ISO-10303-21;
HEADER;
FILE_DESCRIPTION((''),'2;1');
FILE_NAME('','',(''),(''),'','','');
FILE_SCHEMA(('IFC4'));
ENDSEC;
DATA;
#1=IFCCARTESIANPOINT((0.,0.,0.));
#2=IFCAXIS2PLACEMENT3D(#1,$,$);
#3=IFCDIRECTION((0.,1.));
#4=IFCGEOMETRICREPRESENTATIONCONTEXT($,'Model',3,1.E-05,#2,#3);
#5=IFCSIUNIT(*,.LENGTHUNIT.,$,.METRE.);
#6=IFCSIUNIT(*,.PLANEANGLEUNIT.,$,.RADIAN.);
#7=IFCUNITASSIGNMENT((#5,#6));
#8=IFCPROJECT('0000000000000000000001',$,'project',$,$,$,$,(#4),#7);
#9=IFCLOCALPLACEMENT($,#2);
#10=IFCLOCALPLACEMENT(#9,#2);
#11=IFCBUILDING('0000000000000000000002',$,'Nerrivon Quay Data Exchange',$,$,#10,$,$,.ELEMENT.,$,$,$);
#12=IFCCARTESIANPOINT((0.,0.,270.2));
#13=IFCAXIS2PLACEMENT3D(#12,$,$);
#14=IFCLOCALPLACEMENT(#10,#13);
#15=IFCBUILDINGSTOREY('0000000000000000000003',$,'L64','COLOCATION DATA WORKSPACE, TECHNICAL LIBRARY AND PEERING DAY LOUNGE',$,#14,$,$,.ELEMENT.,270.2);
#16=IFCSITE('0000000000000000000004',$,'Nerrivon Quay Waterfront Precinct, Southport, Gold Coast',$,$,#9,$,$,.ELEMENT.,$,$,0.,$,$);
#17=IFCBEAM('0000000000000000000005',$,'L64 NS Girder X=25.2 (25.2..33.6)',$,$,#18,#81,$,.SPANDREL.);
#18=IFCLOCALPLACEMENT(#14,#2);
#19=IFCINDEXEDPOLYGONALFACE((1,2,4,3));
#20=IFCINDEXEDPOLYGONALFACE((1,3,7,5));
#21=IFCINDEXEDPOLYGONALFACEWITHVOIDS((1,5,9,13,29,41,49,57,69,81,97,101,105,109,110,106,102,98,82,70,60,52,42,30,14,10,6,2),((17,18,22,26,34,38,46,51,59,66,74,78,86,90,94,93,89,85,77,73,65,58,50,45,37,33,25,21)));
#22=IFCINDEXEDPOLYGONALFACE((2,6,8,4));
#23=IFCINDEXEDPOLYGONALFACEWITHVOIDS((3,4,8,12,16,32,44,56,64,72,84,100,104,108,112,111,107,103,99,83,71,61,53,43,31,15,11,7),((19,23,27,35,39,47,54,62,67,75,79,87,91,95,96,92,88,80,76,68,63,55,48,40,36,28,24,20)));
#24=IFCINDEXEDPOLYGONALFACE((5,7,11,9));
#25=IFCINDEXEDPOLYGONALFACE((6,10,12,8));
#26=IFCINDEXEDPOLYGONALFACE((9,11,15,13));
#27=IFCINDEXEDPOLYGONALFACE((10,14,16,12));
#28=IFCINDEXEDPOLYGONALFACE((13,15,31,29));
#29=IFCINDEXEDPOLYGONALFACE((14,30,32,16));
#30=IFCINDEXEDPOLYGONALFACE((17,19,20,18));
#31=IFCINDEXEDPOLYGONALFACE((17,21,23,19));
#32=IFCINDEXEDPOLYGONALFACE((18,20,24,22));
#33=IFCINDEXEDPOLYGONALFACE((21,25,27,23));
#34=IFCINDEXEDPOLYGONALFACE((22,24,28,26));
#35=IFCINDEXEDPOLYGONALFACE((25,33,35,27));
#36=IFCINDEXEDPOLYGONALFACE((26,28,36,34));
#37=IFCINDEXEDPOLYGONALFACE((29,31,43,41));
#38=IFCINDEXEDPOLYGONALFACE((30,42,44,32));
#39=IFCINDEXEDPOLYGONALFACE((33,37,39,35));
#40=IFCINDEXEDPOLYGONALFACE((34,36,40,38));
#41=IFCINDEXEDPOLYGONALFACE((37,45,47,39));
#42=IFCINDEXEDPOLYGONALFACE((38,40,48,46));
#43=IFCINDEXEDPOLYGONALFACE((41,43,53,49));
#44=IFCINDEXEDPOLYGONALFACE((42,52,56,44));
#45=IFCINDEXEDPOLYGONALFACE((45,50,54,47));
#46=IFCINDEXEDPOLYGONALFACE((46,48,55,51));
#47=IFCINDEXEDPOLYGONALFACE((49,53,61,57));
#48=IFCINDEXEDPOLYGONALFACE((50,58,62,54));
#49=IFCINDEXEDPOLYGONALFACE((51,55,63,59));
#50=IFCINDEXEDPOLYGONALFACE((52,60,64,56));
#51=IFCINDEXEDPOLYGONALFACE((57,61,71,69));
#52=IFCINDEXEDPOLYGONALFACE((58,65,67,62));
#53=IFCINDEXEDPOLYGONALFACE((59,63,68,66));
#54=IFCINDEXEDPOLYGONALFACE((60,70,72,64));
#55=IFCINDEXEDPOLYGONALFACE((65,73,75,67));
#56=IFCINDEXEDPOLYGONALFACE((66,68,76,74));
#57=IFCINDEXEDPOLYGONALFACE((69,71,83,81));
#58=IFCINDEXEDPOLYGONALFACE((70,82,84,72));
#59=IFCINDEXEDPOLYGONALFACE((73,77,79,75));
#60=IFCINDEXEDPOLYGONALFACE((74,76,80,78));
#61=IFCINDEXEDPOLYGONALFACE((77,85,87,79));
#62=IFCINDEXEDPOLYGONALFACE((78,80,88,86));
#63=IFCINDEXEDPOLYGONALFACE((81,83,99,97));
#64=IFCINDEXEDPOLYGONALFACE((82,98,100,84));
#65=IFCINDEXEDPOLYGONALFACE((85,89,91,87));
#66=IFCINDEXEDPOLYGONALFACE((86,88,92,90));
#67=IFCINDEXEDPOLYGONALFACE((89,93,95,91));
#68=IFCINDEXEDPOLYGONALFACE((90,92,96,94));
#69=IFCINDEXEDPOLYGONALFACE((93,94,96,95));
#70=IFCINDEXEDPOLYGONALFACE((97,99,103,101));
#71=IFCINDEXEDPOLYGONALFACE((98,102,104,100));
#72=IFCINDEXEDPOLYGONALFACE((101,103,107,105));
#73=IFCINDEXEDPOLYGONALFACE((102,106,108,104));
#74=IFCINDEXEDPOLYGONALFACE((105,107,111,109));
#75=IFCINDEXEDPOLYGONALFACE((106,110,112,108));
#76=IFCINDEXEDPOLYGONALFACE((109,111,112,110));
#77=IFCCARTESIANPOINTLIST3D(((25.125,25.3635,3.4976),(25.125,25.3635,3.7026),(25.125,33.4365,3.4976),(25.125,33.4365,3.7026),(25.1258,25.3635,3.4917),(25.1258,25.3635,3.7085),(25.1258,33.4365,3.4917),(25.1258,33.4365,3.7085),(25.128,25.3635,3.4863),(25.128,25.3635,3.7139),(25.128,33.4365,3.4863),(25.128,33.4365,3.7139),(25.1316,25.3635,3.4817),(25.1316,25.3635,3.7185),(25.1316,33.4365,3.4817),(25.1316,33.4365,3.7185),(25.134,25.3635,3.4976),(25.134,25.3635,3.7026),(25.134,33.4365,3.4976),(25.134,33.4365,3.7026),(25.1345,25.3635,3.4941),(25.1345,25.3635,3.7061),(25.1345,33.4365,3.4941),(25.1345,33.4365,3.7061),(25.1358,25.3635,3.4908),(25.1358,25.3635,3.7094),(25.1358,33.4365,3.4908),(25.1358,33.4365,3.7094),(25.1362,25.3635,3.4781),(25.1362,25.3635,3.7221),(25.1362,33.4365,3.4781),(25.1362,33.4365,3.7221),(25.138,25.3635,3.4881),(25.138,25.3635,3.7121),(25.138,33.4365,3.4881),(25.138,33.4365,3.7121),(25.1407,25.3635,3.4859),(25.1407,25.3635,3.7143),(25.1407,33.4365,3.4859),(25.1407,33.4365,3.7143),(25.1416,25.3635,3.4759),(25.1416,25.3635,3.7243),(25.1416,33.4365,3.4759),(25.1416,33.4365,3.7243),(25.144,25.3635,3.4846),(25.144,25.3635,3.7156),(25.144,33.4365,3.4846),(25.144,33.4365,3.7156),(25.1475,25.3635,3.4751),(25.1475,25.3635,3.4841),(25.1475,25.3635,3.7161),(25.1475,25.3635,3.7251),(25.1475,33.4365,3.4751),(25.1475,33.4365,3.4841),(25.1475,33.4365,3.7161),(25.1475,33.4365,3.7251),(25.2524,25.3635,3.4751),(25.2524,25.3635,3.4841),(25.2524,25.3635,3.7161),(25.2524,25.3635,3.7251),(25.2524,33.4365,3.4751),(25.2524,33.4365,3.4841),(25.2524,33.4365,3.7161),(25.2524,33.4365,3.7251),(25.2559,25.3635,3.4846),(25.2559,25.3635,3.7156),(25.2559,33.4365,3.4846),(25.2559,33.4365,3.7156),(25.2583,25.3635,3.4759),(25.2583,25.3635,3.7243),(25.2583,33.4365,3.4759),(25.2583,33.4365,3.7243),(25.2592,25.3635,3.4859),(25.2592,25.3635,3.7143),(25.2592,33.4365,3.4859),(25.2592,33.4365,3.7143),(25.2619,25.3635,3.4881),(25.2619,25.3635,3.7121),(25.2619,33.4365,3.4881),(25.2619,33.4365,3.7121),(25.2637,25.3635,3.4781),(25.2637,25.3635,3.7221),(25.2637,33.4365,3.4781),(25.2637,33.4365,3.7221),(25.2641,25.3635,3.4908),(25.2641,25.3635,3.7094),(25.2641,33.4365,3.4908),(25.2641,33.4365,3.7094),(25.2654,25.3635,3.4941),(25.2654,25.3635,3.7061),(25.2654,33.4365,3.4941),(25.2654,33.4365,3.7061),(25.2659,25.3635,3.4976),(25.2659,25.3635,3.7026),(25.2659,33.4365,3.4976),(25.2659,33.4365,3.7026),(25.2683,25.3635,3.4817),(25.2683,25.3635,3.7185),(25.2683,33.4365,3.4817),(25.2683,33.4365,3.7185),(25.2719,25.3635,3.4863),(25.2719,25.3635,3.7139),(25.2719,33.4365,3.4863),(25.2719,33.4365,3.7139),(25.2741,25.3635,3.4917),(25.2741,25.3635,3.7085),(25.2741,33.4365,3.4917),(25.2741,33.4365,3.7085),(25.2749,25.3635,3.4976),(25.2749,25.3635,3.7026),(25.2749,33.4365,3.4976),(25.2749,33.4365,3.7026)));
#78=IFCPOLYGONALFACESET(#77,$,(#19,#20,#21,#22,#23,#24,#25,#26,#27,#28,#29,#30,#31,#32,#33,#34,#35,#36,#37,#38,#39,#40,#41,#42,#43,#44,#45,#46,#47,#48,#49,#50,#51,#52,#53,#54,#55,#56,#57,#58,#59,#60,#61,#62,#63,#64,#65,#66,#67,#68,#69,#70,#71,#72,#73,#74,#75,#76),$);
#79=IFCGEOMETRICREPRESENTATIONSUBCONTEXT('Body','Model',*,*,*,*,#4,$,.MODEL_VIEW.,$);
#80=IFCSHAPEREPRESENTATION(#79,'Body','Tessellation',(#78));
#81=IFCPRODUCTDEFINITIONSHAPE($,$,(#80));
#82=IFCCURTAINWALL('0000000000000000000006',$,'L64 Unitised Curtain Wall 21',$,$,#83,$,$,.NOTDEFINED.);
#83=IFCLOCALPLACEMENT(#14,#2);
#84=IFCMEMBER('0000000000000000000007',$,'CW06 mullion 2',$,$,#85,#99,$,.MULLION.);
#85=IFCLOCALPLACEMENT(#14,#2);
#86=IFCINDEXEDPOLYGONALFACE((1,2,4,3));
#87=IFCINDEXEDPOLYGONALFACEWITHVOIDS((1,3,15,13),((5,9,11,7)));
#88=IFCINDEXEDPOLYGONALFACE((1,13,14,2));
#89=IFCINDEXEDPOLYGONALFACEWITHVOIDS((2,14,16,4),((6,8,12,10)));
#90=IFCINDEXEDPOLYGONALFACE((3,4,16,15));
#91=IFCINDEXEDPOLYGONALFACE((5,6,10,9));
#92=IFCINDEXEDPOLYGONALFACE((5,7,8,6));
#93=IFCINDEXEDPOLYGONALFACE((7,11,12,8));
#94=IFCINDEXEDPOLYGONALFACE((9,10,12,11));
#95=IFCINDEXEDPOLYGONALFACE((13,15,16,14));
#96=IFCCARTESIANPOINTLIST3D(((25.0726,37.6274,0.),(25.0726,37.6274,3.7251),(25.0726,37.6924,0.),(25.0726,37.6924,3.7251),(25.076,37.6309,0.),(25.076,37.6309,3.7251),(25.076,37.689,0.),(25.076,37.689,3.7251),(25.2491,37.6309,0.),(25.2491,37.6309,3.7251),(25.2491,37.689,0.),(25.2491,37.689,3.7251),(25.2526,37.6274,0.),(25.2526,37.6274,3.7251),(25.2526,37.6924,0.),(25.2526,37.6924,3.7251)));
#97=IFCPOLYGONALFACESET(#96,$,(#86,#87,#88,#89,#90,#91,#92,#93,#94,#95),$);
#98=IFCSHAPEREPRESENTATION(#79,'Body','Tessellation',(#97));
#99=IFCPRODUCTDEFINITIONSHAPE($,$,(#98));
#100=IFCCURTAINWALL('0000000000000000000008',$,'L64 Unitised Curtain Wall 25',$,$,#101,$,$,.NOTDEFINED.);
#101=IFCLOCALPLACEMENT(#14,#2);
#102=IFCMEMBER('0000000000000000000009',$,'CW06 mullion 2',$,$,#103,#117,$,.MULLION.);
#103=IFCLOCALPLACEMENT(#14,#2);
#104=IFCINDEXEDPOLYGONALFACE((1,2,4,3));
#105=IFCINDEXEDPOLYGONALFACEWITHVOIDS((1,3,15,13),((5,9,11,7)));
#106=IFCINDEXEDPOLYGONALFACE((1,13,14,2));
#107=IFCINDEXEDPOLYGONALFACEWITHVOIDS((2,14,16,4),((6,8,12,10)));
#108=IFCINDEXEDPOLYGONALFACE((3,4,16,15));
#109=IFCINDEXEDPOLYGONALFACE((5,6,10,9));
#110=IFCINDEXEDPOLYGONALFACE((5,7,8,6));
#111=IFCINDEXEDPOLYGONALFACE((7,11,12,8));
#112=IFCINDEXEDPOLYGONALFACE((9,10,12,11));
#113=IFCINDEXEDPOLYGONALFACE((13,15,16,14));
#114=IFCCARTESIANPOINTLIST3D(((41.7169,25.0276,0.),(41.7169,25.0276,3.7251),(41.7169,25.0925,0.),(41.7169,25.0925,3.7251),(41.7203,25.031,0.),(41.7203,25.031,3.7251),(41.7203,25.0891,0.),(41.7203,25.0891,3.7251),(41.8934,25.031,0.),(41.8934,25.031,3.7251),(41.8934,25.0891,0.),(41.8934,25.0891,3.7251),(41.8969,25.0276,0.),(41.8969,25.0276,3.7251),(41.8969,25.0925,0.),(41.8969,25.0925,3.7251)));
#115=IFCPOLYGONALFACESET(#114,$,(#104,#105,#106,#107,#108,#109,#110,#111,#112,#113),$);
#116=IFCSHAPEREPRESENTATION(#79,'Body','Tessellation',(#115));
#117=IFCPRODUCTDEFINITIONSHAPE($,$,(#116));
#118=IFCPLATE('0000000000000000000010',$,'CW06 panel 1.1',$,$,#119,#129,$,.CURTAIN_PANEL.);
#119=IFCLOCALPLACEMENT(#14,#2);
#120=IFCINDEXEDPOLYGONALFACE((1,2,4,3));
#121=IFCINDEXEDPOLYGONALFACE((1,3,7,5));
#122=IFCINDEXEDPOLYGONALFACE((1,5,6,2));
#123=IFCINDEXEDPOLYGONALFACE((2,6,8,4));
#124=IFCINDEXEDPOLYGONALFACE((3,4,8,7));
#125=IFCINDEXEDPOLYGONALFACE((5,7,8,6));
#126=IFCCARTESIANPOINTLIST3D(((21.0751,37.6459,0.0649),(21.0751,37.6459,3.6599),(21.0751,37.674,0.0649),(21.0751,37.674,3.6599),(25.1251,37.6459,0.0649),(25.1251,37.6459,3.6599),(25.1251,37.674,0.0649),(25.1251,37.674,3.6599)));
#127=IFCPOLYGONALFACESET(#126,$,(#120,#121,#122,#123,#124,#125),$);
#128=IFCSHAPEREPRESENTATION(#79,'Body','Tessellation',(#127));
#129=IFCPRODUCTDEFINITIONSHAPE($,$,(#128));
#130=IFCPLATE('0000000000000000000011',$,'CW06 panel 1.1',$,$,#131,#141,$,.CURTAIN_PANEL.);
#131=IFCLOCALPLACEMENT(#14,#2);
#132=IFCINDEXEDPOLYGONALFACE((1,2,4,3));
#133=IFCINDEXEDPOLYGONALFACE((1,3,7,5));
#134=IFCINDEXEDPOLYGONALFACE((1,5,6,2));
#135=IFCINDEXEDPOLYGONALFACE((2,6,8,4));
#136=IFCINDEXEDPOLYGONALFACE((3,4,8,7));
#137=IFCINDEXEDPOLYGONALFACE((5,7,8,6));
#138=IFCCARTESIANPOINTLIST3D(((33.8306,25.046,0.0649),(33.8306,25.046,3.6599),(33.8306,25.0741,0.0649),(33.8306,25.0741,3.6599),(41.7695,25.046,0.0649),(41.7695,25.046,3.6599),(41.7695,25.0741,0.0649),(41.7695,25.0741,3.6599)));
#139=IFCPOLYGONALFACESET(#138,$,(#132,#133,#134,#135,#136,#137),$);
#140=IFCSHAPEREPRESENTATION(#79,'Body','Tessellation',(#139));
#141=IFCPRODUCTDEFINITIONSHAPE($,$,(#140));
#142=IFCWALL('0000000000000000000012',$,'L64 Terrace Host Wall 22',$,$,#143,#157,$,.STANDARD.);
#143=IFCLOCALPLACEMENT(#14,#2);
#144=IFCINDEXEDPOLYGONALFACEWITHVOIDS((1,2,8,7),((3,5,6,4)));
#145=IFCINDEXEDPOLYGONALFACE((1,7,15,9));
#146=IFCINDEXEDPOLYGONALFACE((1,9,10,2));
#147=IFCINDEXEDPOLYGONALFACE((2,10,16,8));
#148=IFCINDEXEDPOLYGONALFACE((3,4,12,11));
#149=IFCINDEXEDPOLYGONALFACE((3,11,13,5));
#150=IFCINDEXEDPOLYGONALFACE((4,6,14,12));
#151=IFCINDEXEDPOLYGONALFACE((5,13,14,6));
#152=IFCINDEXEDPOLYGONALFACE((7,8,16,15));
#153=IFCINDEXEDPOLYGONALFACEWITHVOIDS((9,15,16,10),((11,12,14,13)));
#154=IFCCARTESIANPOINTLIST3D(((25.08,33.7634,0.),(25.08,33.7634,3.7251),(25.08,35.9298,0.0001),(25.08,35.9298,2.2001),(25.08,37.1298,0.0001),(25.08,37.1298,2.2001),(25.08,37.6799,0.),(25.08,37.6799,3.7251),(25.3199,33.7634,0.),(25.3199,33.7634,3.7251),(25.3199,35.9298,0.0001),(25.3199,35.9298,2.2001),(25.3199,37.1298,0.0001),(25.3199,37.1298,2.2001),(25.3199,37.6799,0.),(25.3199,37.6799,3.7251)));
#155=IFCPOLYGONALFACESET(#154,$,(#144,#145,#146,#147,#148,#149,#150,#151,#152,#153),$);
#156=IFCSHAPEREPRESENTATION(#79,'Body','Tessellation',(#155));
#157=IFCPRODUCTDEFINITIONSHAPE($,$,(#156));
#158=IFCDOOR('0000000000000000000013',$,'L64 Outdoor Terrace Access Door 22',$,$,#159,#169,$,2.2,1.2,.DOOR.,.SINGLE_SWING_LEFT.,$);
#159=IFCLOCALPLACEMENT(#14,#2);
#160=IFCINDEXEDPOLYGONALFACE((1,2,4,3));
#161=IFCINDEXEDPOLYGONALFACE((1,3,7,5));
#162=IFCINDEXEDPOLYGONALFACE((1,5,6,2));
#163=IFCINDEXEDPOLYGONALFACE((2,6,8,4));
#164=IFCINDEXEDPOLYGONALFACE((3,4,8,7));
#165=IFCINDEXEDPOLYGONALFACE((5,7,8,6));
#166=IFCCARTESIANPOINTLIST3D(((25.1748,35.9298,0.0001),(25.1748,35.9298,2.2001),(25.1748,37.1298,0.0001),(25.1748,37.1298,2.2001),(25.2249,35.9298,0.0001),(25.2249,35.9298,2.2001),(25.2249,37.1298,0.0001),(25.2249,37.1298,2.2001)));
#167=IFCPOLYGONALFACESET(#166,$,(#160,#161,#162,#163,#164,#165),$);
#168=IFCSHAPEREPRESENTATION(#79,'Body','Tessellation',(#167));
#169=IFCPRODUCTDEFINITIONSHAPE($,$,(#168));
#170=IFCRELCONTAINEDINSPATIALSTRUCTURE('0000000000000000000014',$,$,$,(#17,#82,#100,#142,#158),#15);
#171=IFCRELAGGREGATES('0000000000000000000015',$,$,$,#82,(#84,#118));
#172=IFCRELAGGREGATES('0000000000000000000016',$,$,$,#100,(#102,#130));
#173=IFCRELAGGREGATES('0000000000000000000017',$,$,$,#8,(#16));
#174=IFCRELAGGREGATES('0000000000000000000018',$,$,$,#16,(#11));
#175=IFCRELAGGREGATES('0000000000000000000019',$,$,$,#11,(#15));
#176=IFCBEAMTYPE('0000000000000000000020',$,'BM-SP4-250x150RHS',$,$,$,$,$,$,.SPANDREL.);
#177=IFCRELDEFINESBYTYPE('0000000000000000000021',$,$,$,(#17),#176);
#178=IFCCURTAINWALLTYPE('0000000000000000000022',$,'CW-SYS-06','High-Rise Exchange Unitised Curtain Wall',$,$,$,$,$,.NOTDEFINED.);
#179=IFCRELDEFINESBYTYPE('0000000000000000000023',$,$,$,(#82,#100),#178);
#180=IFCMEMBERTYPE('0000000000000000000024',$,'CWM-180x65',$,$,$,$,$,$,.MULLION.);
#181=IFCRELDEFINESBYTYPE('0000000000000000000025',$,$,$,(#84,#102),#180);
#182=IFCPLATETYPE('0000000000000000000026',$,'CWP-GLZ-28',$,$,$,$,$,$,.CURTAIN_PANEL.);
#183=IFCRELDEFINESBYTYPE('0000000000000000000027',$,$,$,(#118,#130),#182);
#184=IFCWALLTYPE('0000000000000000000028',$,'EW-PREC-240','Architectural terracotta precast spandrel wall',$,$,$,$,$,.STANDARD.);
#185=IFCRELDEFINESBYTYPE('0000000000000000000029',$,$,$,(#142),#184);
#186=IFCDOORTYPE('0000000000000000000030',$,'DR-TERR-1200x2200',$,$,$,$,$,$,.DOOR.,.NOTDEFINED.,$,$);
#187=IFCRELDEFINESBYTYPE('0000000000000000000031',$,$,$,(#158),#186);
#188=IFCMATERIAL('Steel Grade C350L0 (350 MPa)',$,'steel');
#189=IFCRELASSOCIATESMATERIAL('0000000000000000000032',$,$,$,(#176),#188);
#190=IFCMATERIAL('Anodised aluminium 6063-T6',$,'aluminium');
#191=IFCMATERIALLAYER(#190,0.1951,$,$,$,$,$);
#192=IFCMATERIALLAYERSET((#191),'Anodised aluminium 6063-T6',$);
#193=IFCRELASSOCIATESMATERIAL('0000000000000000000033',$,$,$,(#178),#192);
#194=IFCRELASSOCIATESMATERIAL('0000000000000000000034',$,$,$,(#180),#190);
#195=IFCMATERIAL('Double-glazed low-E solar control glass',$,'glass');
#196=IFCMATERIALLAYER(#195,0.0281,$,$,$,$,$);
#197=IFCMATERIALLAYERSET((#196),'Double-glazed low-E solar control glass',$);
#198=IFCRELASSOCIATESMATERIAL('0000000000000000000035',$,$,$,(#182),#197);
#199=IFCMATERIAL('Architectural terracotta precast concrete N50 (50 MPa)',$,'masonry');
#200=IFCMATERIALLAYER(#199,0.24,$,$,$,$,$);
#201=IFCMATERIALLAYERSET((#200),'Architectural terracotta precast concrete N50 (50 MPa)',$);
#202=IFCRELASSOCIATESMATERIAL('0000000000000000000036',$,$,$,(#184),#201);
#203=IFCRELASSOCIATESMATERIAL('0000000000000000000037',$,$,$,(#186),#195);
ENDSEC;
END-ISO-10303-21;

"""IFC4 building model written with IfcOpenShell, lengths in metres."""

from ifc_helpers import new_model, si_unit, direction, frame, frame_2d, origin, origin_2d, place, context, subcontext, project, spatial, rectangle, hollow_rectangle, extrude, material, layer, layer_set, material_profile, profile_set, type_object, element, fill, aggregate, save


model = new_model("IFC4")

# Units and contexts
model_context = context("Model", 3, precision=1e-05, world=origin(), true_north=direction((0.0, 1.0)))
body_context = subcontext(model_context, "Body", "Model", "MODEL_VIEW")
ifc_project = project(units=[si_unit("LENGTHUNIT", "METRE"), si_unit("PLANEANGLEUNIT", "RADIAN")], contexts=[model_context])

# Site, building, storey
site_placement = place(None, origin())
site = spatial("IfcSite", under=ifc_project, at=site_placement, Name="Nerrivon Quay Waterfront Precinct, Southport, Gold Coast", CompositionType="ELEMENT", RefElevation=0.0)
building_placement = place(site_placement, origin())
building = spatial("IfcBuilding", under=site, at=building_placement, Name="Nerrivon Quay Data Exchange", CompositionType="ELEMENT")
storey_placement = place(building_placement, frame((0.0, 0.0, 270.2)))
storey = spatial("IfcBuildingStorey", under=building, at=storey_placement, Name="L64", Description="COLOCATION DATA WORKSPACE, TECHNICAL LIBRARY AND PEERING DAY LOUNGE", CompositionType="ELEMENT", Elevation=270.2)

# Beam
ifc_material_1 = material(Name="Steel Grade C350L0 (350 MPa)", Category="steel")
ifc_material_profile_1 = material_profile(ifc_material_1, hollow_rectangle(XDim=0.1499, YDim=0.25, WallThickness=0.009, InnerFilletRadius=0.0134, OuterFilletRadius=0.0225, at=origin_2d()), Name="250x150x9.0RHS")
ifc_profile_set_1 = profile_set([ifc_material_profile_1], Name="Steel Grade C350L0 (350 MPa)")
beam_type = type_object("IfcBeamType", Name="BM-SP4-250x150RHS", PredefinedType="SPANDREL", material=ifc_profile_set_1)
beam_placement = place(storey_placement, frame((25.2, 25.3635, 3.6001), z_axis=(0.0, 1.0, 0.0), x_axis=(-1.0, 0.0, 0.0)))
element("IfcBeam", 1, at=beam_placement, inside=storey, type_object=beam_type, Name="L64 NS Girder X=25.2 (25.2..33.6)", PredefinedType="SPANDREL", context=body_context, shape_type="SweptSolid", body=[
    extrude(hollow_rectangle(XDim=0.1499, YDim=0.25, WallThickness=0.009, InnerFilletRadius=0.0134, OuterFilletRadius=0.0225, at=origin_2d()), origin(), (0.0, 0.0, 1.0), 8.073),
])

# Curtain walls, members
ifc_material_2 = material(Name="Anodised aluminium 6063-T6", Category="aluminium")
ifc_layer_1 = layer(ifc_material_2, 0.1951)
ifc_layer_set_1 = layer_set([ifc_layer_1], Name="Anodised aluminium 6063-T6")
curtain_wall_type = type_object("IfcCurtainWallType", Name="CW-SYS-06", Description="High-Rise Exchange Unitised Curtain Wall", PredefinedType="NOTDEFINED", material=ifc_layer_set_1)
curtain_wall_1_placement = place(storey_placement, origin())
curtain_wall_1 = element("IfcCurtainWall", 2, at=curtain_wall_1_placement, inside=storey, type_object=curtain_wall_type, Name="L64 Unitised Curtain Wall 21", PredefinedType="NOTDEFINED")
ifc_material_profile_2 = material_profile(ifc_material_2, hollow_rectangle(XDim=0.0649, YDim=0.1799, WallThickness=0.0034, at=origin_2d()), Name="ALU-MULL-180x65")
ifc_profile_set_2 = profile_set([ifc_material_profile_2], Name="Anodised aluminium 6063-T6")
member_type = type_object("IfcMemberType", Name="CWM-180x65", PredefinedType="MULLION", material=ifc_profile_set_2)
member_1_placement = place(storey_placement, frame((25.1626, 37.6599, 0.0), z_axis=(0.0, 0.0, 1.0), x_axis=(0.0, 1.0, 0.0)))
member_1 = element("IfcMember", 3, at=member_1_placement, type_object=member_type, Name="CW06 mullion 2", PredefinedType="MULLION", context=body_context, shape_type="SweptSolid", body=[
    extrude(hollow_rectangle(XDim=0.0649, YDim=0.1799, WallThickness=0.0034, at=origin_2d()), origin(), (0.0, 0.0, 1.0), 3.7251),
])
curtain_wall_2_placement = place(storey_placement, origin())
curtain_wall_2 = element("IfcCurtainWall", 4, at=curtain_wall_2_placement, inside=storey, type_object=curtain_wall_type, Name="L64 Unitised Curtain Wall 25", PredefinedType="NOTDEFINED")
member_2_placement = place(storey_placement, frame((41.8069, 25.0601, 0.0), z_axis=(0.0, 0.0, 1.0), x_axis=(0.0, 1.0, 0.0)))
member_2 = element("IfcMember", 5, at=member_2_placement, type_object=member_type, Name="CW06 mullion 2", PredefinedType="MULLION", context=body_context, shape_type="SweptSolid", body=[
    extrude(hollow_rectangle(XDim=0.0649, YDim=0.1799, WallThickness=0.0034, at=origin_2d()), origin(), (0.0, 0.0, 1.0), 3.7251),
])

# Plates
ifc_material_3 = material(Name="Double-glazed low-E solar control glass", Category="glass")
ifc_layer_2 = layer(ifc_material_3, 0.0281)
ifc_layer_set_2 = layer_set([ifc_layer_2], Name="Double-glazed low-E solar control glass")
plate_type = type_object("IfcPlateType", Name="CWP-GLZ-28", PredefinedType="CURTAIN_PANEL", material=ifc_layer_set_2)
plate_1_placement = place(storey_placement, frame((23.1001, 37.6599, 0.0649), z_axis=(0.0, 0.0, 1.0), x_axis=(1.0, 0.0, 0.0)))
plate_1 = element("IfcPlate", 6, at=plate_1_placement, type_object=plate_type, Name="CW06 panel 1.1", PredefinedType="CURTAIN_PANEL", context=body_context, shape_type="SweptSolid", body=[
    extrude(rectangle(XDim=4.05, YDim=0.0281, at=origin_2d()), origin(), (0.0, 0.0, 1.0), 3.595),
])
aggregate(curtain_wall_1, [member_1, plate_1])
plate_2_placement = place(storey_placement, frame((37.8, 25.0601, 0.0649), z_axis=(0.0, 0.0, 1.0), x_axis=(1.0, 0.0, 0.0)))
plate_2 = element("IfcPlate", 7, at=plate_2_placement, type_object=plate_type, Name="CW06 panel 1.1", PredefinedType="CURTAIN_PANEL", context=body_context, shape_type="SweptSolid", body=[
    extrude(rectangle(XDim=7.939, YDim=0.0281, at=origin_2d()), origin(), (0.0, 0.0, 1.0), 3.595),
])
aggregate(curtain_wall_2, [member_2, plate_2])

# Wall, opening, door
ifc_material_4 = material(Name="Architectural terracotta precast concrete N50 (50 MPa)", Category="masonry")
ifc_layer_3 = layer(ifc_material_4, 0.24)
ifc_layer_set_3 = layer_set([ifc_layer_3], Name="Architectural terracotta precast concrete N50 (50 MPa)")
wall_type = type_object("IfcWallType", Name="EW-PREC-240", Description="Architectural terracotta precast spandrel wall", PredefinedType="STANDARD", material=ifc_layer_set_3)
wall_1_placement = place(storey_placement, frame((25.2, 37.6799, 0.0), z_axis=(0.0, 0.0, 1.0), x_axis=(0.0, -1.0, 0.0)))
wall_1 = element("IfcWall", 8, at=wall_1_placement, inside=storey, type_object=wall_type, Name="L64 Terrace Host Wall 22", PredefinedType="STANDARD", context=body_context, shape_type="SweptSolid", body=[
    extrude(rectangle(XDim=3.9165, YDim=0.24, at=frame_2d((1.9583, 0.0))), origin(), (0.0, 0.0, 1.0), 3.7251),
])
opening_1_placement = place(wall_1_placement, frame((0.55, 0.0, 0.0)))
opening_1 = element("IfcOpeningElement", 9, at=opening_1_placement, cuts=wall_1, PredefinedType="OPENING", context=body_context, shape_type="SweptSolid", body=[
    extrude(rectangle(XDim=1.2, YDim=2.2, at=frame_2d((0.6001, 1.1001))), frame((0.0, 0.1299, 0.0), z_axis=(0.0, -1.0, 0.0), x_axis=(1.0, 0.0, 0.0)), (0.0, 0.0, 1.0), 0.26),
])
door_type = type_object("IfcDoorType", Name="DR-TERR-1200x2200", OperationType="NOTDEFINED", PredefinedType="DOOR", material=ifc_material_3)
door_1_placement = place(opening_1_placement, origin())
door_1 = element("IfcDoor", 10, at=door_1_placement, inside=storey, type_object=door_type, Name="L64 Outdoor Terrace Access Door 22", OperationType="SINGLE_SWING_LEFT", OverallHeight=2.2, OverallWidth=1.2, PredefinedType="DOOR", context=body_context, shape_type="SweptSolid", body=[
    extrude(rectangle(XDim=1.2, YDim=2.2, at=frame_2d((0.6001, 1.1001))), frame((0.0, 0.0249, 0.0), z_axis=(0.0, -1.0, 0.0), x_axis=(1.0, 0.0, 0.0)), (0.0, 0.0, 1.0), 0.05),
])
fill(opening_1, door_1)

save(model, "model.ifc")
